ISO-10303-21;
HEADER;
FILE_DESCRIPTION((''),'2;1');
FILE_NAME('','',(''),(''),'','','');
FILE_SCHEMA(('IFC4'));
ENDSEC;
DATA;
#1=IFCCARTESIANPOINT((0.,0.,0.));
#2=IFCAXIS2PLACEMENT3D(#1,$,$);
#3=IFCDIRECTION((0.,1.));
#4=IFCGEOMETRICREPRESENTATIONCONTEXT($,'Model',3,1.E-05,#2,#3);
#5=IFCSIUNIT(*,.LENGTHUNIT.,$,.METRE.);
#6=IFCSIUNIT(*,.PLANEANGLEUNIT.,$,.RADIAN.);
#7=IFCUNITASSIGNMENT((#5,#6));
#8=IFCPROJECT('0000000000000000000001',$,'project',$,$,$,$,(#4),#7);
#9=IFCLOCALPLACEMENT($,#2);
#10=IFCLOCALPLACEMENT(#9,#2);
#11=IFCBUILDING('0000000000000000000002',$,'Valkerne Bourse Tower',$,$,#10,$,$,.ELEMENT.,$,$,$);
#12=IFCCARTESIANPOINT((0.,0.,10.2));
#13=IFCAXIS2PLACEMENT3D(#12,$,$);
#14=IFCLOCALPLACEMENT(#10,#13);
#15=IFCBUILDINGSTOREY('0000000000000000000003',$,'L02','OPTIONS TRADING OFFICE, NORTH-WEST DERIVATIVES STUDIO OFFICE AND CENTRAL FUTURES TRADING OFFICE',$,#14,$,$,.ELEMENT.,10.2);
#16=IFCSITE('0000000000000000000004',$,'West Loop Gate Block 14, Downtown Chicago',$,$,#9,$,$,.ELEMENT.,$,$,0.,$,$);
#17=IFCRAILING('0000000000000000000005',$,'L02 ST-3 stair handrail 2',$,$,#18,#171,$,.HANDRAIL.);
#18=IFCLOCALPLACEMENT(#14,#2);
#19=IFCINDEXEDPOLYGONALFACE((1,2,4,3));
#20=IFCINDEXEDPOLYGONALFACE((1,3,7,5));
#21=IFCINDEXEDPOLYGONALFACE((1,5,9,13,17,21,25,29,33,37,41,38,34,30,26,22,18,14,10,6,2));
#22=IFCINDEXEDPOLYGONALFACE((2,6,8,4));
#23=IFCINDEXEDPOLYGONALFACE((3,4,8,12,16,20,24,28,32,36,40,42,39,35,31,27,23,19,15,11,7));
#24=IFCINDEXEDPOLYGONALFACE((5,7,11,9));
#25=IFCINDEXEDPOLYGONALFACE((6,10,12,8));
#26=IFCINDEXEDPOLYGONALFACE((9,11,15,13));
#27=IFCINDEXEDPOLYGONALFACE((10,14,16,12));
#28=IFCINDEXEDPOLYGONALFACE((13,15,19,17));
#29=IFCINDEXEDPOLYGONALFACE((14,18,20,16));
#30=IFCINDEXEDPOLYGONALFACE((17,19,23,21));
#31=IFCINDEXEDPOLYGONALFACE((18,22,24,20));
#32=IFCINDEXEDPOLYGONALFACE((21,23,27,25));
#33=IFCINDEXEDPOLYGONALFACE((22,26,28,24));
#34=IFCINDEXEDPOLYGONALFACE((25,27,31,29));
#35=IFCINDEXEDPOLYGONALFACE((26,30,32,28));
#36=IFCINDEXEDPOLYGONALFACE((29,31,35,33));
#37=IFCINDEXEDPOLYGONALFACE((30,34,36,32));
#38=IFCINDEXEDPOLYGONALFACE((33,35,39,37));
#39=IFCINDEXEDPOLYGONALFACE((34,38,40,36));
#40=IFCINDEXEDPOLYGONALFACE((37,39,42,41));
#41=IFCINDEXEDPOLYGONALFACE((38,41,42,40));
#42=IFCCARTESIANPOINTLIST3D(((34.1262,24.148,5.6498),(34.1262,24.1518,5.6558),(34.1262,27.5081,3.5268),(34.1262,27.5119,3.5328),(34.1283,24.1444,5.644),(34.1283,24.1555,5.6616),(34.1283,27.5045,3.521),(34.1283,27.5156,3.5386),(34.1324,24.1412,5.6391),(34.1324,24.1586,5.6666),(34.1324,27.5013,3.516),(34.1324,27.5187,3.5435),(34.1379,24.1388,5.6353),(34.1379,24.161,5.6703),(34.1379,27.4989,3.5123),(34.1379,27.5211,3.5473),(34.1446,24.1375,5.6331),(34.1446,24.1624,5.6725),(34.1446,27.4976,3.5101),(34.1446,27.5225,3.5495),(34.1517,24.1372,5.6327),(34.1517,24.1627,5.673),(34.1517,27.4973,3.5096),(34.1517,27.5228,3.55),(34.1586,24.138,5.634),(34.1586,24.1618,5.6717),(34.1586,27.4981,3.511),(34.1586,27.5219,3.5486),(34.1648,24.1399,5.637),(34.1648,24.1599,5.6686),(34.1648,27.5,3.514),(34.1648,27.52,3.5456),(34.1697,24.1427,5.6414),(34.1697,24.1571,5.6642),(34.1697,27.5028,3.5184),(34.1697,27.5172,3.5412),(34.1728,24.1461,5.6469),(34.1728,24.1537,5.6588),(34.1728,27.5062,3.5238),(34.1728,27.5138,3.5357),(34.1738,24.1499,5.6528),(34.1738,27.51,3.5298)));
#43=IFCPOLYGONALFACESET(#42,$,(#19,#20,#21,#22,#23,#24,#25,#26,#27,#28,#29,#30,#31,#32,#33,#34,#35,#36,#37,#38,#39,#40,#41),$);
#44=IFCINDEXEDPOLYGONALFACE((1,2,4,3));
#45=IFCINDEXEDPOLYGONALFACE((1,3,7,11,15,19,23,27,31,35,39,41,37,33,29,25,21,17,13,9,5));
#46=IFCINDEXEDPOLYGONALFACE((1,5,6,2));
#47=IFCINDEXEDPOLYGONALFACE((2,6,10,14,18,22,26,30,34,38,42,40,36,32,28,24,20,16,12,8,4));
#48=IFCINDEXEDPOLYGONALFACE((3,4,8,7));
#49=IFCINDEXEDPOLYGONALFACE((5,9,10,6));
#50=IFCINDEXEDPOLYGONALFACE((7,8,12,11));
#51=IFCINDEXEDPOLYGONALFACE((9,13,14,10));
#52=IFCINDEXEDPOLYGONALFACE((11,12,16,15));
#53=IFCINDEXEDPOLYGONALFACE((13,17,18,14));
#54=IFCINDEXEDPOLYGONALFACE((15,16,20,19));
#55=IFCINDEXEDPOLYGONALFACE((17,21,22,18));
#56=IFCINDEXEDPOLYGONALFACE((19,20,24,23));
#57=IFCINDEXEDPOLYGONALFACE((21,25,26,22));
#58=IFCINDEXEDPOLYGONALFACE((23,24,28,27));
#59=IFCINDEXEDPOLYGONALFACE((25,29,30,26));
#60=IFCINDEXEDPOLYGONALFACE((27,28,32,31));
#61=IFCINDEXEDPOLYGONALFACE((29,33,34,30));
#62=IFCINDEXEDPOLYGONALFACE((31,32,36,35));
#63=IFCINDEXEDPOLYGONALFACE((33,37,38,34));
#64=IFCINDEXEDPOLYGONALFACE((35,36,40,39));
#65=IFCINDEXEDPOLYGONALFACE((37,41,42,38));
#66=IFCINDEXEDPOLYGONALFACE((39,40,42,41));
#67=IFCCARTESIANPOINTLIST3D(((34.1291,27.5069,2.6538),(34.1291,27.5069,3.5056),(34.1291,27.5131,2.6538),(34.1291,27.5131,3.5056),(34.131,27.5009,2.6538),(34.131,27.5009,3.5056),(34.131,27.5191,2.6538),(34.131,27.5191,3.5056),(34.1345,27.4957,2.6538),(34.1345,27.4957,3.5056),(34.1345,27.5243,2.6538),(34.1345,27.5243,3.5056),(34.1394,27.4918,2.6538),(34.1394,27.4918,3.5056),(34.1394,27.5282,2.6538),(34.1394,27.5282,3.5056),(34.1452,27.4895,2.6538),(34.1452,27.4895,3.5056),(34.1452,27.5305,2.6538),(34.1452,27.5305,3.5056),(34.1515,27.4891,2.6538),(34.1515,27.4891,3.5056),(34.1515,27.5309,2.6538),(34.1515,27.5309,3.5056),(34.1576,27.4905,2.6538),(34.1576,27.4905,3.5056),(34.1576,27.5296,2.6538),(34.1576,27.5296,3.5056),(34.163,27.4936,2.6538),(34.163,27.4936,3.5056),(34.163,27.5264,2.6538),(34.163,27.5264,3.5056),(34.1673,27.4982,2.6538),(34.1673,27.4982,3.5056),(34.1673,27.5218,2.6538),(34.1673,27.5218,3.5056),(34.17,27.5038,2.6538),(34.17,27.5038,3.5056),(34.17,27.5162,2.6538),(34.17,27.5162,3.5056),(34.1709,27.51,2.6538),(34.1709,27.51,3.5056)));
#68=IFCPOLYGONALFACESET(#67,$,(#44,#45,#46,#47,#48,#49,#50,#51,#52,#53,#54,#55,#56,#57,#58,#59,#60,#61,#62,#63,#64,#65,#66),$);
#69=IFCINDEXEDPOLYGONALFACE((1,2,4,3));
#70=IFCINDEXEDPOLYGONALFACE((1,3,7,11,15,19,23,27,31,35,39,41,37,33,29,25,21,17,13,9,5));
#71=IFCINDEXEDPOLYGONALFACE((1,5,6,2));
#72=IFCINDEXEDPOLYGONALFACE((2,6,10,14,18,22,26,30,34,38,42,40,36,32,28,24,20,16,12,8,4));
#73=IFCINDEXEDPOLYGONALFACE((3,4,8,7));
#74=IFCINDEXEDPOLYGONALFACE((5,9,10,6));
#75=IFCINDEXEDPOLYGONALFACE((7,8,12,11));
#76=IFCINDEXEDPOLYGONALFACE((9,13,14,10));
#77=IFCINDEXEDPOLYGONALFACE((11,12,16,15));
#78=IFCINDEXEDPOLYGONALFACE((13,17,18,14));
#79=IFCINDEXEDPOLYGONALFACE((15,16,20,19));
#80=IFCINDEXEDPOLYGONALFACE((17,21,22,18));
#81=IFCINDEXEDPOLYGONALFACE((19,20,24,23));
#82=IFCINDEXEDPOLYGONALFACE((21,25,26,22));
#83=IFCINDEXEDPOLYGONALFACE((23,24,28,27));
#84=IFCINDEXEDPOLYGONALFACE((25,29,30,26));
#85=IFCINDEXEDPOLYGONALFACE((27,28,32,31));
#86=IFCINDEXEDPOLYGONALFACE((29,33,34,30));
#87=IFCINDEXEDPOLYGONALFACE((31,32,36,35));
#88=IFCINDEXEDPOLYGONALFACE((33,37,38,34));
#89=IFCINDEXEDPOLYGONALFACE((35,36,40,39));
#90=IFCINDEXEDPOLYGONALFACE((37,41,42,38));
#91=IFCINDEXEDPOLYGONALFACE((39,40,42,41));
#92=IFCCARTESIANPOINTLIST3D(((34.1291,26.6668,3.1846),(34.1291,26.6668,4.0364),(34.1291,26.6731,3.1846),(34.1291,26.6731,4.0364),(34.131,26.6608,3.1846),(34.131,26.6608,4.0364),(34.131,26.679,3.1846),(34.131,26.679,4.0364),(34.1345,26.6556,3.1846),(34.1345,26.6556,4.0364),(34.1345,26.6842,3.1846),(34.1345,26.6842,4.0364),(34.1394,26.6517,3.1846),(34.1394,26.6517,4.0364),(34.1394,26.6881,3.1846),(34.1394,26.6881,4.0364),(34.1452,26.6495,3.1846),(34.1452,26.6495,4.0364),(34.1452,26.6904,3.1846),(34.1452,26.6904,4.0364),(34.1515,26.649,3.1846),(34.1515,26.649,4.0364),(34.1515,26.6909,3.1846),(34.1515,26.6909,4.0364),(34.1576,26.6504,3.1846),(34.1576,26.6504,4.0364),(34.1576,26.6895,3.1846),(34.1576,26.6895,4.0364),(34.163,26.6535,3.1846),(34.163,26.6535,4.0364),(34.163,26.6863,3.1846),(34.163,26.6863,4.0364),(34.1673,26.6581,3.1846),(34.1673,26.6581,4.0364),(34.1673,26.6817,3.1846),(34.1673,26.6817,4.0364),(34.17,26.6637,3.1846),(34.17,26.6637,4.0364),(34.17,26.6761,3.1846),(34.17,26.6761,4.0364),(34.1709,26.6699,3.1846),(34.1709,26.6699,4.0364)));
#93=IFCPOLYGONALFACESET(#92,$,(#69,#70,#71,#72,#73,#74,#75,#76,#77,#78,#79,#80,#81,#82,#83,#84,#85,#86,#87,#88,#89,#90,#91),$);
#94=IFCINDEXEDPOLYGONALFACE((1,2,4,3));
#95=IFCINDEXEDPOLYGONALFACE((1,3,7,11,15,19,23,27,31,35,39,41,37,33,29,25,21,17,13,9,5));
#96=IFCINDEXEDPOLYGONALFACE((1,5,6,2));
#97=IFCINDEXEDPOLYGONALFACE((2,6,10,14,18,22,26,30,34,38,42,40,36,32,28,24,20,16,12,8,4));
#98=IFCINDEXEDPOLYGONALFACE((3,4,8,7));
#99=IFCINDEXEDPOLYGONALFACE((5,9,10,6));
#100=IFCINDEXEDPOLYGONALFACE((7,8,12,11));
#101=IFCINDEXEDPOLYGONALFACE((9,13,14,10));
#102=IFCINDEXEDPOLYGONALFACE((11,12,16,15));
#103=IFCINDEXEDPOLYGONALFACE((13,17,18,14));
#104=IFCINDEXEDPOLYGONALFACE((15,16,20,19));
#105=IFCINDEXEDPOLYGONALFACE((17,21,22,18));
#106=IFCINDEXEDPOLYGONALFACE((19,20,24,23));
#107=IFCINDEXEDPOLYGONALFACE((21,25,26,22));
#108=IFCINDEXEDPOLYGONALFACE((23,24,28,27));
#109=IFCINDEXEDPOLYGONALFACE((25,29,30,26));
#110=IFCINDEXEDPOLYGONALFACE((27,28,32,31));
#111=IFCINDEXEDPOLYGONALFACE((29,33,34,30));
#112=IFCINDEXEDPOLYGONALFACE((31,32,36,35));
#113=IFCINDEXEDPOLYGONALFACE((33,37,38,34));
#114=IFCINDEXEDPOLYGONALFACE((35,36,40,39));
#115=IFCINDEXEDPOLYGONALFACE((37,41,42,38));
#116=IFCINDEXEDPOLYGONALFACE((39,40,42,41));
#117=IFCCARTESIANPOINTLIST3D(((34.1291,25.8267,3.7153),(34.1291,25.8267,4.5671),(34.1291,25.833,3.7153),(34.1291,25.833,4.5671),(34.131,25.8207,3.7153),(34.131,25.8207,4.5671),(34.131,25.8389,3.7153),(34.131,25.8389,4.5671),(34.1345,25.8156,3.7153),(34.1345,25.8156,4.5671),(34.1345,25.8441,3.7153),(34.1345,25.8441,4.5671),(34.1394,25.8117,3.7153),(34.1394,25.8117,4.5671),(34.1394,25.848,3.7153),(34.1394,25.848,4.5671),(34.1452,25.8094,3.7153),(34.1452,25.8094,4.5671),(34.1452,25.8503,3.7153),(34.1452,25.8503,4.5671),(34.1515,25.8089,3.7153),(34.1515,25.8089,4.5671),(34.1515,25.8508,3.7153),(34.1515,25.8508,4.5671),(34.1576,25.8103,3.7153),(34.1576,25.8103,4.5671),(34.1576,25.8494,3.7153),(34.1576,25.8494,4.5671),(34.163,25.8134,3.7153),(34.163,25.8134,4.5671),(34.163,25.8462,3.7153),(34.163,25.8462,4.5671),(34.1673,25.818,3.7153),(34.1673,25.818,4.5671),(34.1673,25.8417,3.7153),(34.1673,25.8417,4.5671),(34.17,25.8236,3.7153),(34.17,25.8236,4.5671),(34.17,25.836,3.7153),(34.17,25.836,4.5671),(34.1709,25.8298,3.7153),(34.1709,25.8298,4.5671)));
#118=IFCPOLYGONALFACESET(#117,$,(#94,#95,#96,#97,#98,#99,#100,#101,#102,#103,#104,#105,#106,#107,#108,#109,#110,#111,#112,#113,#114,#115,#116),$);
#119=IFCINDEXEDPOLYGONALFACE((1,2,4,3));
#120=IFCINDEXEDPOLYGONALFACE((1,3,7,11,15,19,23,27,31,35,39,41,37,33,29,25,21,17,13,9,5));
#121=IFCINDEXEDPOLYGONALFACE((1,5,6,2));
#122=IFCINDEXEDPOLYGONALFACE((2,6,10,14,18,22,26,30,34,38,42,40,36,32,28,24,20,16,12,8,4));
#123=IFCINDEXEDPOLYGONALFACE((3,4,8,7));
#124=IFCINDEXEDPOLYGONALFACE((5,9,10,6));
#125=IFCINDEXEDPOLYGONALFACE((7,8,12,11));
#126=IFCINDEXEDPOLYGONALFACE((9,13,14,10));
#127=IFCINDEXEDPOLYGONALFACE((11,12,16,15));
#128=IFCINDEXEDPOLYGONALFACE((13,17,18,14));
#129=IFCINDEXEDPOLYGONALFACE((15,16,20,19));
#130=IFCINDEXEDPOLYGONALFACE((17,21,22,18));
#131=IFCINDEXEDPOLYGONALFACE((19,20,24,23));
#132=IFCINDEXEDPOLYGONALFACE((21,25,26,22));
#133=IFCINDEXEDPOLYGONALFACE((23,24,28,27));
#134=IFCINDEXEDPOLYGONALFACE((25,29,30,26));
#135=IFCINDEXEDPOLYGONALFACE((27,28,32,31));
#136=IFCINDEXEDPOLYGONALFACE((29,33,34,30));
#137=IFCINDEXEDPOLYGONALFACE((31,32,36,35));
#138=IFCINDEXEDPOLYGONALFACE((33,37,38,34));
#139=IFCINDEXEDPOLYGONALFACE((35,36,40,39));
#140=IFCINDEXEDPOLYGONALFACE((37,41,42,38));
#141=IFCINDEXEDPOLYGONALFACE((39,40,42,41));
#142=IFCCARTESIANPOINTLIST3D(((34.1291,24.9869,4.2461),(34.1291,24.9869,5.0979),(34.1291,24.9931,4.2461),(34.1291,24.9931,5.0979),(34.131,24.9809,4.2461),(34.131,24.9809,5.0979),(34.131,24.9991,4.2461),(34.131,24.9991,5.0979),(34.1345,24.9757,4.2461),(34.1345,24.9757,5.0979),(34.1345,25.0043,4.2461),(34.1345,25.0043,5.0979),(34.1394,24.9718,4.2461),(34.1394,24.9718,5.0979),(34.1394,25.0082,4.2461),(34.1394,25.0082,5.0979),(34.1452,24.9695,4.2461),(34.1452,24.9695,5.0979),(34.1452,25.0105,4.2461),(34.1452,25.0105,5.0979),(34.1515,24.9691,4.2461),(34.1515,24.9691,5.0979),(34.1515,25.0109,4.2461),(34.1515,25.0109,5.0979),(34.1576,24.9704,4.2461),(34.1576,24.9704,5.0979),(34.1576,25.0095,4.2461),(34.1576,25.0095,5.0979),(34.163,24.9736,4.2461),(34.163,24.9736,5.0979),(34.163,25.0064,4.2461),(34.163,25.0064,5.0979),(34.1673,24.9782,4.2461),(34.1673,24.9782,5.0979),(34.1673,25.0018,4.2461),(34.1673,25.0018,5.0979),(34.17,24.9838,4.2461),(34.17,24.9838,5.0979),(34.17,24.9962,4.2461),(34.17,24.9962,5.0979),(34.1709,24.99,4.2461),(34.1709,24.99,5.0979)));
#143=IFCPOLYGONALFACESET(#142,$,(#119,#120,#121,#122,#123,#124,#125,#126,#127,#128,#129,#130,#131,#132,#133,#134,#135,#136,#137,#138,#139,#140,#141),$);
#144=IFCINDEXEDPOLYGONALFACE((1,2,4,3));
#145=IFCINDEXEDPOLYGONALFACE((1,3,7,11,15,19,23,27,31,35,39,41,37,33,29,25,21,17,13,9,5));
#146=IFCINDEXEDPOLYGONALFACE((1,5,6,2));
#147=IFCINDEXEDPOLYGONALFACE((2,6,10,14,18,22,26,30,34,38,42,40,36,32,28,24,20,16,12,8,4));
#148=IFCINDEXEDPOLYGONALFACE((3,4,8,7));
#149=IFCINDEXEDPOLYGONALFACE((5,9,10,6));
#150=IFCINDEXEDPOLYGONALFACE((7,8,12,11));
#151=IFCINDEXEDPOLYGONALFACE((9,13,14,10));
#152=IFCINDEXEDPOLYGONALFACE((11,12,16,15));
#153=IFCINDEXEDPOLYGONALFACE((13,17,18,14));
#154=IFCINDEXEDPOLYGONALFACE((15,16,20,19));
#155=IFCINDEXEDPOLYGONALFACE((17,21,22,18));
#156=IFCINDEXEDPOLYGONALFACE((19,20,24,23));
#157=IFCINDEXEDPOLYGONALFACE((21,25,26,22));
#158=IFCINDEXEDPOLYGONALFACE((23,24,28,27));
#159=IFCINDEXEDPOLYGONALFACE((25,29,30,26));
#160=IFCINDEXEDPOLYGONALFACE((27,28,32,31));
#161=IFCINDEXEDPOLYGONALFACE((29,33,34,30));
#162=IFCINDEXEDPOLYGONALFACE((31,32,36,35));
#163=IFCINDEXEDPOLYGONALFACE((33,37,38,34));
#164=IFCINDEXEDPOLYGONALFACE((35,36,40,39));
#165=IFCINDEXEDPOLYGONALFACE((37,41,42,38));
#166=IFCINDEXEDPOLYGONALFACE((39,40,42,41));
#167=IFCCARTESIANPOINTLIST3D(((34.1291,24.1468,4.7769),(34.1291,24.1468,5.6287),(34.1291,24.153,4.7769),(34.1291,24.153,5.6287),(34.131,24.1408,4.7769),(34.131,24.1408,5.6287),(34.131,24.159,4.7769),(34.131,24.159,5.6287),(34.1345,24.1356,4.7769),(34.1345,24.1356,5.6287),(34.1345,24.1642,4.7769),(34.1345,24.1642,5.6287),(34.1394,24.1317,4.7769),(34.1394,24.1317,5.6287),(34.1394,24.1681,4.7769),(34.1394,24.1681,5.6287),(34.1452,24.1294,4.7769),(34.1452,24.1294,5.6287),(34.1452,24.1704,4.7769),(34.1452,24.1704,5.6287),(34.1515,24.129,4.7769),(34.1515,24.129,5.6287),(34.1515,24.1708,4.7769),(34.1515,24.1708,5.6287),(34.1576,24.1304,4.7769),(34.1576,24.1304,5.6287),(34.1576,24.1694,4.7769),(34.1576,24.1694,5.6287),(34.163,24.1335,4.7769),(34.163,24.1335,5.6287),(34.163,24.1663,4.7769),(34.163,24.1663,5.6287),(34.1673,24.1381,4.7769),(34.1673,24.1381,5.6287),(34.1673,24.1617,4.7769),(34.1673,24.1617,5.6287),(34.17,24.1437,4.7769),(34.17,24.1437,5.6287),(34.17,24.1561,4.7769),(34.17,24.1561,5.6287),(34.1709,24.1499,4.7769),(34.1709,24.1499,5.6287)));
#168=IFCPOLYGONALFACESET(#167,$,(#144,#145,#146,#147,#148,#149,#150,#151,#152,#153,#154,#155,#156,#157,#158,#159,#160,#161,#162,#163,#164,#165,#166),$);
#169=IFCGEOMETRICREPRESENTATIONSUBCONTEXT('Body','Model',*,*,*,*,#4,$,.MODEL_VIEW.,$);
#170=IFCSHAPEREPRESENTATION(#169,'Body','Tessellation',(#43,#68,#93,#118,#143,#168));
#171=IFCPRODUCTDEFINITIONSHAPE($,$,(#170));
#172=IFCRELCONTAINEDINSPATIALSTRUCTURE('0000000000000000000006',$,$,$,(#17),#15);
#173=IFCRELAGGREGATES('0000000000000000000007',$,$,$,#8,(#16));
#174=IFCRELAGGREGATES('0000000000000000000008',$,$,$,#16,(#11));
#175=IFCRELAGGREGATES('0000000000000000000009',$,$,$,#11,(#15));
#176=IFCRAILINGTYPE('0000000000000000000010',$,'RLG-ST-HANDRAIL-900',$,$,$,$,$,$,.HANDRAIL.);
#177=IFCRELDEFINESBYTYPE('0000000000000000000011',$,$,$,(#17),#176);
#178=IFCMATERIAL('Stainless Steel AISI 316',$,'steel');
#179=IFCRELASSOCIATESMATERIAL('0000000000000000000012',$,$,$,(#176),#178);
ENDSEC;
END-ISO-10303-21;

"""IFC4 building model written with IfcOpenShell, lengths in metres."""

from ifc_helpers import new_model, si_unit, direction, frame, origin, origin_2d, place, context, subcontext, project, spatial, circle, extrude, material, type_object, element, save


model = new_model("IFC4")

# Units and contexts
model_context = context("Model", 3, precision=1e-05, world=origin(), true_north=direction((0.0, 1.0)))
body_context = subcontext(model_context, "Body", "Model", "MODEL_VIEW")
ifc_project = project(units=[si_unit("LENGTHUNIT", "METRE"), si_unit("PLANEANGLEUNIT", "RADIAN")], contexts=[model_context])

# Site, building, storey
site_placement = place(None, origin())
site = spatial("IfcSite", under=ifc_project, at=site_placement, Name="West Loop Gate Block 14, Downtown Chicago", CompositionType="ELEMENT", RefElevation=0.0)
building_placement = place(site_placement, origin())
building = spatial("IfcBuilding", under=site, at=building_placement, Name="Valkerne Bourse Tower", CompositionType="ELEMENT")
storey_placement = place(building_placement, frame((0.0, 0.0, 10.2)))
storey = spatial("IfcBuildingStorey", under=building, at=storey_placement, Name="L02", Description="OPTIONS TRADING OFFICE, NORTH-WEST DERIVATIVES STUDIO OFFICE AND CENTRAL FUTURES TRADING OFFICE", CompositionType="ELEMENT", Elevation=10.2)

# Railing
ifc_material_1 = material(Name="Stainless Steel AISI 316", Category="steel")
railing_type_1 = type_object("IfcRailingType", Name="RLG-ST-HANDRAIL-900", PredefinedType="HANDRAIL", material=ifc_material_1)
railing_1_placement = place(storey_placement, frame((34.1499, 27.51, 2.6538)))
element("IfcRailing", 1, at=railing_1_placement, inside=storey, type_object=railing_type_1, Name="L02 ST-3 stair handrail 2", PredefinedType="HANDRAIL", context=body_context, shape_type="SweptSolid", body=[
    extrude(circle(Radius=0.0239, at=origin_2d()), frame((0.0, 0.0, 0.876), z_axis=(0.0, -0.84539, 0.53415), x_axis=(1.0, 0.0, 0.0)), (0.0, 0.0, 1.0), 3.9746),
    extrude(circle(Radius=0.021, at=origin_2d()), origin(), (0.0, 0.0, 1.0), 0.8518),
    extrude(circle(Radius=0.021, at=origin_2d()), frame((0.0, -0.8401, 0.5308)), (0.0, 0.0, 1.0), 0.8518),
    extrude(circle(Radius=0.021, at=origin_2d()), frame((0.0, -1.6802, 1.0615)), (0.0, 0.0, 1.0), 0.8518),
    extrude(circle(Radius=0.021, at=origin_2d()), frame((0.0, -2.52, 1.5923)), (0.0, 0.0, 1.0), 0.8518),
    extrude(circle(Radius=0.021, at=origin_2d()), frame((0.0, -3.3601, 2.123)), (0.0, 0.0, 1.0), 0.8518),
])

save(model, "model.ifc")
